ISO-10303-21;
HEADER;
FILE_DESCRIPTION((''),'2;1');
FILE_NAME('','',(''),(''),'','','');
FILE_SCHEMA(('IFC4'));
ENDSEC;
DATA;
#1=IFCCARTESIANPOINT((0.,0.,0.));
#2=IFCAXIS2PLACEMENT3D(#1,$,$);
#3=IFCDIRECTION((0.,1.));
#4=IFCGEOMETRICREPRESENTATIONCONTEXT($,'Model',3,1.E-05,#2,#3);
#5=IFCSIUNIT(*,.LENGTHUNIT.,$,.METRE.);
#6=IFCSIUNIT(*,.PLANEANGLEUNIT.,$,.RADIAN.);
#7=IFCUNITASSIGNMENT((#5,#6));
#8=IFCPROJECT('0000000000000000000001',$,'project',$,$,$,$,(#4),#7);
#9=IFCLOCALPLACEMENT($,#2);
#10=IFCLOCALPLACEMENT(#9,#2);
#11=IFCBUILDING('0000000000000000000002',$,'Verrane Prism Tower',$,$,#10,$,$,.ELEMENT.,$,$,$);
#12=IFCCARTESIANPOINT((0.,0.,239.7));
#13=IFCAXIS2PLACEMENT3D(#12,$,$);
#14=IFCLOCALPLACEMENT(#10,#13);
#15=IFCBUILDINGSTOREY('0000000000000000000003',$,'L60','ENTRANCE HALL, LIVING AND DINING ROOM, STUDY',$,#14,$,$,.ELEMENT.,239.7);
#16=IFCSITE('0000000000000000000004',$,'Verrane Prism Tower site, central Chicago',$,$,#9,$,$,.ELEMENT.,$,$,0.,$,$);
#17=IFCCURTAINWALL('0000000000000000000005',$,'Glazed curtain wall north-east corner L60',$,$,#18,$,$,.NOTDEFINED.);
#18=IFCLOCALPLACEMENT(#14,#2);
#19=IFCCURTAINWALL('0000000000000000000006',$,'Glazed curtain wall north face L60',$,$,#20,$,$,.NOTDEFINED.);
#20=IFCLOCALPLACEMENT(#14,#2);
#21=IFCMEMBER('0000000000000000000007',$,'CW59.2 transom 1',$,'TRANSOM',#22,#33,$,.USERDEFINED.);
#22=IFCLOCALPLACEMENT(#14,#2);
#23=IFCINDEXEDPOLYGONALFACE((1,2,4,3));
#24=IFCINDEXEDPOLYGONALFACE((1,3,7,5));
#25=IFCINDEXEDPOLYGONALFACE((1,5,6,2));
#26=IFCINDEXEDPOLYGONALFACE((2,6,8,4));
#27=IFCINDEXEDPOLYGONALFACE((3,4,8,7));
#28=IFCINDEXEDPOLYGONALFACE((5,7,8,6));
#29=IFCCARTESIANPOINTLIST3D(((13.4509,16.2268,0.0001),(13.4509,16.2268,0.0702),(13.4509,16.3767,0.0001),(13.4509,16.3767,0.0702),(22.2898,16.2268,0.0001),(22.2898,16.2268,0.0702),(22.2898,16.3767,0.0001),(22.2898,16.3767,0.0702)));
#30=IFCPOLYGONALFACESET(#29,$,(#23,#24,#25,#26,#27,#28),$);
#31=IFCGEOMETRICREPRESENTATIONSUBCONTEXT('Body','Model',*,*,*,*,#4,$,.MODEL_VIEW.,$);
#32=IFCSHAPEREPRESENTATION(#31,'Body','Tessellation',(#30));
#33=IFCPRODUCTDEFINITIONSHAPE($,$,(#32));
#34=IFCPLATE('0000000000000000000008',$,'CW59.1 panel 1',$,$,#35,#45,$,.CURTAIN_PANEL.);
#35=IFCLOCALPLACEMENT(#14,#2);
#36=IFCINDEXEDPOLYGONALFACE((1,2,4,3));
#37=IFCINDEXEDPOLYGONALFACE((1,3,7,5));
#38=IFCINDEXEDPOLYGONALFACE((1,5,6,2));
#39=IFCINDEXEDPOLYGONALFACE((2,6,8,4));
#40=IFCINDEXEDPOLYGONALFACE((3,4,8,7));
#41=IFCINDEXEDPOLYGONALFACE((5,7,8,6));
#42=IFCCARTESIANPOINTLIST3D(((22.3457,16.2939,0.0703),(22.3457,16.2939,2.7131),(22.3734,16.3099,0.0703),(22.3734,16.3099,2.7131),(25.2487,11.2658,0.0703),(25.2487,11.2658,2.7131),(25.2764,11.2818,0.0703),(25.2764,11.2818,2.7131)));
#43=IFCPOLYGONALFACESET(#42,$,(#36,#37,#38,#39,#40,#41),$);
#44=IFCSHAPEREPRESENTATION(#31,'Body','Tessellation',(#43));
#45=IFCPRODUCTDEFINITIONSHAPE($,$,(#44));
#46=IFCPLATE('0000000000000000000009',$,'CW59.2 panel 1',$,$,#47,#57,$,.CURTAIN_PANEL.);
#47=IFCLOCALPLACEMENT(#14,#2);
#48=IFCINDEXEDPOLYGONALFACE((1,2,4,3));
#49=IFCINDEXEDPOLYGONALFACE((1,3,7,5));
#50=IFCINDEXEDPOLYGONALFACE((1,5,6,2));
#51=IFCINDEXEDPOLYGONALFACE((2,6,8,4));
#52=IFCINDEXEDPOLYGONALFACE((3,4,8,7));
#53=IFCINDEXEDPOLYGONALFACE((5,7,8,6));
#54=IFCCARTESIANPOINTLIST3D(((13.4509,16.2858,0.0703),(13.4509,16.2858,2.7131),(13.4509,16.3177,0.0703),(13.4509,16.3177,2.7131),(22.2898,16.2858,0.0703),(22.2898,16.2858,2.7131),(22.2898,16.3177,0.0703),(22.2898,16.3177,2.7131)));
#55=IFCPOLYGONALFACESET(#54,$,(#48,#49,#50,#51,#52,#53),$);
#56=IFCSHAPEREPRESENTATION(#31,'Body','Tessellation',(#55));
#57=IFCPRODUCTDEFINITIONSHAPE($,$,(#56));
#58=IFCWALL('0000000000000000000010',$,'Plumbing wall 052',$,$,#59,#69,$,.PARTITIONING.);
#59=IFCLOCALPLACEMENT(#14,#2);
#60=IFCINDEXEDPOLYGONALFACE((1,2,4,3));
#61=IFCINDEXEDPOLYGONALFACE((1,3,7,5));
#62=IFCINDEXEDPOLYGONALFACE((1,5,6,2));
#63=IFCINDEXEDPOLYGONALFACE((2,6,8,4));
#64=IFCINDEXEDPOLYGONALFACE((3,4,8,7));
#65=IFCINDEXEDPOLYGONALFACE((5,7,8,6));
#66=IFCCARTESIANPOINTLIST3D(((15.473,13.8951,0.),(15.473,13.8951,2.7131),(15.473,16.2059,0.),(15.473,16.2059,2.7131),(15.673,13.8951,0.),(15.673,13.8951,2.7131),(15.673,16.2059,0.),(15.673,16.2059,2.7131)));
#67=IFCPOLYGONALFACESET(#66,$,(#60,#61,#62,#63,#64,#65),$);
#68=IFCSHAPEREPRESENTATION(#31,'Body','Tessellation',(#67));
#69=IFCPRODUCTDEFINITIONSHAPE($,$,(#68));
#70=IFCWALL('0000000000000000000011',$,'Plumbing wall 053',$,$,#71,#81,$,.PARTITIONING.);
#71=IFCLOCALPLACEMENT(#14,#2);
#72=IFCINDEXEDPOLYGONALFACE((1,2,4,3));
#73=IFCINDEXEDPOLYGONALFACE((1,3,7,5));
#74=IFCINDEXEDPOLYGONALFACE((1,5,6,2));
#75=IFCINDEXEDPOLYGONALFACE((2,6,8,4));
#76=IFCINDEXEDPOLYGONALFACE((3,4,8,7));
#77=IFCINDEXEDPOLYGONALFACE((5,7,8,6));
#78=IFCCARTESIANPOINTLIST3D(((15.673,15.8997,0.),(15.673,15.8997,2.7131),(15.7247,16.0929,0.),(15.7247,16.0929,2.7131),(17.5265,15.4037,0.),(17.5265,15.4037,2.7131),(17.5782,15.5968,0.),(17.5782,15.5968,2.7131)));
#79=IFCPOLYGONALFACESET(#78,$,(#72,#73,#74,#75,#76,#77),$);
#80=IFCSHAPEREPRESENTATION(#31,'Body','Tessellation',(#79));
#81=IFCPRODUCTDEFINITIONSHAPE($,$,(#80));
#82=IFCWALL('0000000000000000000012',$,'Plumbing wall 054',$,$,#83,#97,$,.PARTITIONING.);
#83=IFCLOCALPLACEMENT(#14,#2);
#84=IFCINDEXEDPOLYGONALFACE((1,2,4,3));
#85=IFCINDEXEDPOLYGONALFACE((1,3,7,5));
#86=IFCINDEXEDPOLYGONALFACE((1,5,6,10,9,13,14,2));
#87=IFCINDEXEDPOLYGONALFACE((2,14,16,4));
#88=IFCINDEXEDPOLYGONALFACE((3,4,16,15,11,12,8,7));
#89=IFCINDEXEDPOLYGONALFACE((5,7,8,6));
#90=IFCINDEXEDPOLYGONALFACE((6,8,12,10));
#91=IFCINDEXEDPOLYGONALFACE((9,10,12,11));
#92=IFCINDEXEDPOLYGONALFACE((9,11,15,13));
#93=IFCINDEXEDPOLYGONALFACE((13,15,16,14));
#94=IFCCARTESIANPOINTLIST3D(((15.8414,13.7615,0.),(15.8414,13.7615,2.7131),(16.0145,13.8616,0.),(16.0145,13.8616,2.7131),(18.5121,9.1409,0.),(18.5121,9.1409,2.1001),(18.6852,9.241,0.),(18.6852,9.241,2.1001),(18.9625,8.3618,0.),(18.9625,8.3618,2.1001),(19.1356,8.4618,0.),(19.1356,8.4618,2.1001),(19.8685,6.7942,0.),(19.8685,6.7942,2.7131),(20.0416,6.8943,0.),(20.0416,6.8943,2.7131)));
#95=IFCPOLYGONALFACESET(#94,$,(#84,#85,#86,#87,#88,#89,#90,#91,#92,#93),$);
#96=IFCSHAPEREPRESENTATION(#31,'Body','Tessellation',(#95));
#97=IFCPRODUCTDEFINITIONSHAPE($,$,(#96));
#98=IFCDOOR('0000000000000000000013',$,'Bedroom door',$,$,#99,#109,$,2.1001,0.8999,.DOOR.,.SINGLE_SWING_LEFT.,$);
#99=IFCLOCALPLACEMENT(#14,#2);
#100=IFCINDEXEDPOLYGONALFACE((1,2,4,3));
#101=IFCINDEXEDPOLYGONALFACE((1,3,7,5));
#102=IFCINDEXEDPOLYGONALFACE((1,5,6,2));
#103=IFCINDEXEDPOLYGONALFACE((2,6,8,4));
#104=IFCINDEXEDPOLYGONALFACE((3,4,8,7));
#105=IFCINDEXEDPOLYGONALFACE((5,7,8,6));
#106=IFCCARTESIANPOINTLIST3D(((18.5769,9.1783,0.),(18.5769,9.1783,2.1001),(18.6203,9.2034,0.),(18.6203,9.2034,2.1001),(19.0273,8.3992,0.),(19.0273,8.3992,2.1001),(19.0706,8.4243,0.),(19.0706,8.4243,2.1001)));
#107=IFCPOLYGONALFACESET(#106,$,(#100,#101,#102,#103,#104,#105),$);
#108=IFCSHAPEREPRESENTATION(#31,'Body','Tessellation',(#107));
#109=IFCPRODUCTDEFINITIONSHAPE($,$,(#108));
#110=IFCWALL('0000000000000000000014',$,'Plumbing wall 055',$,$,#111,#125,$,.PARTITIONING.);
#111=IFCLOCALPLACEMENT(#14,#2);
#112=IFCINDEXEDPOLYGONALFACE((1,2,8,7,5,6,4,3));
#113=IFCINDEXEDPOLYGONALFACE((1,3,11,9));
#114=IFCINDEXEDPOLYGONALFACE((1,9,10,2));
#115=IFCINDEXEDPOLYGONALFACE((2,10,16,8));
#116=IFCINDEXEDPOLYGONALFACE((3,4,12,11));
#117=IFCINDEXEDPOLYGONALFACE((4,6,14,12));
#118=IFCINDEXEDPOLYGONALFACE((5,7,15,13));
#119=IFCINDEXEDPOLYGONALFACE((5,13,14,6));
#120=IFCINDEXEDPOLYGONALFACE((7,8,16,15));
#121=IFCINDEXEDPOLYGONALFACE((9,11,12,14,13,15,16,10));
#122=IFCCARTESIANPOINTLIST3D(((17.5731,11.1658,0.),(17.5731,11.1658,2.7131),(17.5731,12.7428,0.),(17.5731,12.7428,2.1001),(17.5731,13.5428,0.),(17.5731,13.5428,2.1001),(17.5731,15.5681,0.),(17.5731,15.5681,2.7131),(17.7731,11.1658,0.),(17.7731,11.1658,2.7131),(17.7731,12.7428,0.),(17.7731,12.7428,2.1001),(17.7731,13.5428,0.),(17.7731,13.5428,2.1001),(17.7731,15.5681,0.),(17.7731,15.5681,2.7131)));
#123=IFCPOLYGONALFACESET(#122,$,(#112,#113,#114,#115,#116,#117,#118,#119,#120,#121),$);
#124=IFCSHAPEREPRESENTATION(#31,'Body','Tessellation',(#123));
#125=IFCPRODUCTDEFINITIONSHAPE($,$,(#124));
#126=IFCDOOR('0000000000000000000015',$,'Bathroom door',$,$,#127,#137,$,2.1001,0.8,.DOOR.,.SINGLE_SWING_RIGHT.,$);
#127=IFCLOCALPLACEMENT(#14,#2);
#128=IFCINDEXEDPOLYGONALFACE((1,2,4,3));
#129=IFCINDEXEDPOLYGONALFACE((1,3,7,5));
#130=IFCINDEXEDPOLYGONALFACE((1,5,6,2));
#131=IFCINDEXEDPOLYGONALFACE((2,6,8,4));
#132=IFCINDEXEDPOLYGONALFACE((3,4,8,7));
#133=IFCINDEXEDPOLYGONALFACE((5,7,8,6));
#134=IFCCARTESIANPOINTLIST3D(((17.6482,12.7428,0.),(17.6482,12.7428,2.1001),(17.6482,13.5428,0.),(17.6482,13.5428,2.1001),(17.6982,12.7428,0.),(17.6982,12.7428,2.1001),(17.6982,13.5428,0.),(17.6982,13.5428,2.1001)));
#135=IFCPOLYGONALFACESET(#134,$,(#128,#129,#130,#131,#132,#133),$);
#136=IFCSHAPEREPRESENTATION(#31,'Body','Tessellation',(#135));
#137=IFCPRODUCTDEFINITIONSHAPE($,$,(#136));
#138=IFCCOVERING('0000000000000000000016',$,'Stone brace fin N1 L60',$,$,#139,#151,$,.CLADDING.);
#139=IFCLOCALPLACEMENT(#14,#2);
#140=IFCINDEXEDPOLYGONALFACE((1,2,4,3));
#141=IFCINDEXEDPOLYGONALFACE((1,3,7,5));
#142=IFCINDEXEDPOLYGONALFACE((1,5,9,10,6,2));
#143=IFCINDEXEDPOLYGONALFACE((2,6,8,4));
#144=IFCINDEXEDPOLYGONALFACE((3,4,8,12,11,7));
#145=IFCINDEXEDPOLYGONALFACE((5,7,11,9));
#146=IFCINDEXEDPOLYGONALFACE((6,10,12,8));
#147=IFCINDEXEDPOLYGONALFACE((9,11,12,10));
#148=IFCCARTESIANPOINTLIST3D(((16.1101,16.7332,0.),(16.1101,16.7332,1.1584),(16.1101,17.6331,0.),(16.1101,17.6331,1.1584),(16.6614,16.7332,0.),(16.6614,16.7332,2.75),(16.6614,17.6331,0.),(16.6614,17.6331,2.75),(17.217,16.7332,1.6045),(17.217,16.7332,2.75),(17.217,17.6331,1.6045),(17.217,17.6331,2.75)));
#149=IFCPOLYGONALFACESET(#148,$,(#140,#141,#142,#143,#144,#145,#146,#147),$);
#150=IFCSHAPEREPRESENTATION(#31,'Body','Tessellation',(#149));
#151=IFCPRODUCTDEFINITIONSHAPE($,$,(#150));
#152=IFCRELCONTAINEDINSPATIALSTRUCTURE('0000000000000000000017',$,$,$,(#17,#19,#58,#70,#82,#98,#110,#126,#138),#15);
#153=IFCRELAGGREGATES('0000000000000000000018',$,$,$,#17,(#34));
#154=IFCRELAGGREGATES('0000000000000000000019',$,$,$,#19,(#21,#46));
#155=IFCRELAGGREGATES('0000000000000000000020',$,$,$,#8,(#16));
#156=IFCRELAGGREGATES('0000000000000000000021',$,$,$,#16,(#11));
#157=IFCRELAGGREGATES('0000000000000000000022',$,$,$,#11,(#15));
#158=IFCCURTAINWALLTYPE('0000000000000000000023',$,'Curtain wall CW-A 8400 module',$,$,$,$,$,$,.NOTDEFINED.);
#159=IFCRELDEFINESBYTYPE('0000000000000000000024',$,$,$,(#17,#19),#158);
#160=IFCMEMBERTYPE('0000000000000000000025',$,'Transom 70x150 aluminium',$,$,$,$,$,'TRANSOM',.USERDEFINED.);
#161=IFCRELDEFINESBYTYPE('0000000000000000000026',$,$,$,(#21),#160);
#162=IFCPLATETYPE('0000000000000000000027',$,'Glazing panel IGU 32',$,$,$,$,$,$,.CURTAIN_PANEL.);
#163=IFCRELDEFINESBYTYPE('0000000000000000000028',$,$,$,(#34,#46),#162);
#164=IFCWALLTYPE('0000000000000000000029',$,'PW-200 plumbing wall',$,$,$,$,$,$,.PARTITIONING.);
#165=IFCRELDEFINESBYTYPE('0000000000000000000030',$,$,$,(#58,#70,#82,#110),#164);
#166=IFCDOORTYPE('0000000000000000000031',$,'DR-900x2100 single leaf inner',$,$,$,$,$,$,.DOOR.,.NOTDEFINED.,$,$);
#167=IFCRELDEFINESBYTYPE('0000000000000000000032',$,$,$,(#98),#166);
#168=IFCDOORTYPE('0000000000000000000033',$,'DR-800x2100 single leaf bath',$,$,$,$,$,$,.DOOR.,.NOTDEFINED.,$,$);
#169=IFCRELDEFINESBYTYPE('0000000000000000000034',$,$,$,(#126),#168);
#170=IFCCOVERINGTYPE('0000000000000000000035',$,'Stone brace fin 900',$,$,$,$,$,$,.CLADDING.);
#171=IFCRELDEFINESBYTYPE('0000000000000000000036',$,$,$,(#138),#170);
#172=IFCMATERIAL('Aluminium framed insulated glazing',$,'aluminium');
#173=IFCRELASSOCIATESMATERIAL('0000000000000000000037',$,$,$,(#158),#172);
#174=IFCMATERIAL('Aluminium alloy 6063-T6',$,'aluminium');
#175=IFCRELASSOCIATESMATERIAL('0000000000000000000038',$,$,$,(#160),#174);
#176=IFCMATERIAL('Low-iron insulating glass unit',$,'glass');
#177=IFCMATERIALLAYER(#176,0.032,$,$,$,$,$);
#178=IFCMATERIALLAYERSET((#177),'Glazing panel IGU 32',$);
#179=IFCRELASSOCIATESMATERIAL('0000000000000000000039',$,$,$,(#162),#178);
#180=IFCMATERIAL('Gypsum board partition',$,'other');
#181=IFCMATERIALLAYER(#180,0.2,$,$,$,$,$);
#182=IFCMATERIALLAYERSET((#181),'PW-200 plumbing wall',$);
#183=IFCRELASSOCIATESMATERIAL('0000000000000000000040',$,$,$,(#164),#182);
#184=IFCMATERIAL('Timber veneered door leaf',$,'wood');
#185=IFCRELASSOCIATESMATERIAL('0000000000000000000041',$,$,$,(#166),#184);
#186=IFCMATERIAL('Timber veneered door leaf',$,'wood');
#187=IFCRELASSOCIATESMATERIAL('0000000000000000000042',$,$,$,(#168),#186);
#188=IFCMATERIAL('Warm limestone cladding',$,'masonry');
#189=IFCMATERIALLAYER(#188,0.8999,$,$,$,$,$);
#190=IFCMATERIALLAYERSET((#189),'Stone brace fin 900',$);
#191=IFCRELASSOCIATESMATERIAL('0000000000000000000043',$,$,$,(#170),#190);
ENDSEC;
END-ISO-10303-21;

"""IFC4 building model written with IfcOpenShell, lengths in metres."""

from ifc_helpers import new_model, si_unit, direction, frame, frame_2d, origin, origin_2d, place, context, subcontext, project, spatial, polyline, rectangle, outline, extrude, material, layer, layer_set, material_profile, profile_set, type_object, element, fill, aggregate, save


model = new_model("IFC4")

# Units and contexts
model_context = context("Model", 3, precision=1e-05, world=origin(), true_north=direction((0.0, 1.0)))
body_context = subcontext(model_context, "Body", "Model", "MODEL_VIEW")
ifc_project = project(units=[si_unit("LENGTHUNIT", "METRE"), si_unit("PLANEANGLEUNIT", "RADIAN")], contexts=[model_context])

# Site, building, storey
site_placement = place(None, origin())
site = spatial("IfcSite", under=ifc_project, at=site_placement, Name="Verrane Prism Tower site, central Chicago", CompositionType="ELEMENT", RefElevation=0.0)
building_placement = place(site_placement, origin())
building = spatial("IfcBuilding", under=site, at=building_placement, Name="Verrane Prism Tower", CompositionType="ELEMENT")
storey_placement = place(building_placement, frame((0.0, 0.0, 239.7)))
storey = spatial("IfcBuildingStorey", under=building, at=storey_placement, Name="L60", Description="ENTRANCE HALL, LIVING AND DINING ROOM, STUDY", CompositionType="ELEMENT", Elevation=239.7)

# Curtain walls
ifc_material_1 = material(Name="Aluminium framed insulated glazing", Category="aluminium")
curtain_wall_type = type_object("IfcCurtainWallType", Name="Curtain wall CW-A 8400 module", PredefinedType="NOTDEFINED", material=ifc_material_1)
curtain_wall_1_placement = place(storey_placement, origin())
curtain_wall_1 = element("IfcCurtainWall", 1, at=curtain_wall_1_placement, inside=storey, type_object=curtain_wall_type, Name="Glazed curtain wall north-east corner L60", PredefinedType="NOTDEFINED")
curtain_wall_2_placement = place(storey_placement, origin())
curtain_wall_2 = element("IfcCurtainWall", 2, at=curtain_wall_2_placement, inside=storey, type_object=curtain_wall_type, Name="Glazed curtain wall north face L60", PredefinedType="NOTDEFINED")

# Member
ifc_material_2 = material(Name="Aluminium alloy 6063-T6", Category="aluminium")
ifc_material_profile_1 = material_profile(ifc_material_2, rectangle(XDim=0.1499, YDim=0.0701, at=origin_2d()), Name="Transom 70x150 aluminium")
ifc_profile_set_1 = profile_set([ifc_material_profile_1], Name="Aluminium alloy 6063-T6")
member_type_1 = type_object("IfcMemberType", Name="Transom 70x150 aluminium", ElementType="TRANSOM", PredefinedType="USERDEFINED", material=ifc_profile_set_1)
member_1_placement = place(storey_placement, frame((22.2898, 16.3018, 0.0352), z_axis=(-1.0, 0.0, 0.0), x_axis=(0.0, -1.0, 0.0)))
member_1 = element("IfcMember", 3, at=member_1_placement, type_object=member_type_1, Name="CW59.2 transom 1", ObjectType="TRANSOM", PredefinedType="USERDEFINED", context=body_context, shape_type="SweptSolid", body=[
    extrude(rectangle(XDim=0.1499, YDim=0.0701, at=origin_2d()), origin(), (0.0, 0.0, 1.0), 8.8389),
])

# Plates
ifc_material_3 = material(Name="Low-iron insulating glass unit", Category="glass")
ifc_layer_1 = layer(ifc_material_3, 0.032)
ifc_layer_set_1 = layer_set([ifc_layer_1], Name="Glazing panel IGU 32")
plate_type = type_object("IfcPlateType", Name="Glazing panel IGU 32", PredefinedType="CURTAIN_PANEL", material=ifc_layer_set_1)
plate_1_placement = place(storey_placement, frame((23.811, 13.7878, 0.0703), z_axis=(0.0, 0.0, 1.0), x_axis=(-0.499999, 0.866026, 0.0)))
plate_1 = element("IfcPlate", 4, at=plate_1_placement, type_object=plate_type, Name="CW59.1 panel 1", PredefinedType="CURTAIN_PANEL", context=body_context, shape_type="SweptSolid", body=[
    extrude(rectangle(XDim=5.8059, YDim=0.032, at=origin_2d()), origin(), (0.0, 0.0, 1.0), 2.6428),
])
aggregate(curtain_wall_1, [plate_1])
plate_2_placement = place(storey_placement, frame((17.8704, 16.3018, 0.0703), z_axis=(0.0, 0.0, 1.0), x_axis=(-1.0, 0.0, 0.0)))
plate_2 = element("IfcPlate", 5, at=plate_2_placement, type_object=plate_type, Name="CW59.2 panel 1", PredefinedType="CURTAIN_PANEL", context=body_context, shape_type="SweptSolid", body=[
    extrude(rectangle(XDim=8.8389, YDim=0.032, at=origin_2d()), origin(), (0.0, 0.0, 1.0), 2.6428),
])
aggregate(curtain_wall_2, [member_1, plate_2])

# Walls
ifc_material_4 = material(Name="Gypsum board partition", Category="other")
ifc_layer_2 = layer(ifc_material_4, 0.2)
ifc_layer_set_2 = layer_set([ifc_layer_2], Name="PW-200 plumbing wall")
wall_type = type_object("IfcWallType", Name="PW-200 plumbing wall", PredefinedType="PARTITIONING", material=ifc_layer_set_2)
wall_1_placement = place(storey_placement, frame((15.573, 13.8953, 0.0), z_axis=(0.0, 0.0, 1.0), x_axis=(0.0, 1.0, 0.0)))
element("IfcWall", 6, at=wall_1_placement, inside=storey, type_object=wall_type, Name="Plumbing wall 052", PredefinedType="PARTITIONING", context=body_context, shape_type="SweptSolid", body=[
    extrude(rectangle(XDim=2.3108, YDim=0.2, at=frame_2d((1.1553, 0.0))), origin(), (0.0, 0.0, 1.0), 2.7131),
])
wall_2_placement = place(storey_placement, frame((15.6987, 15.9963, 0.0), z_axis=(0.0, 0.0, 1.0), x_axis=(0.965998, -0.25855, 0.0)))
element("IfcWall", 7, at=wall_2_placement, inside=storey, type_object=wall_type, Name="Plumbing wall 053", PredefinedType="PARTITIONING", context=body_context, shape_type="SweptSolid", body=[
    extrude(rectangle(XDim=1.9187, YDim=0.2, at=frame_2d((0.9595, 0.0))), origin(), (0.0, 0.0, 1.0), 2.7131),
])

# Walls, openings, doors
wall_3_placement = place(storey_placement, frame((15.928, 13.8115, 0.0), z_axis=(0.0, 0.0, 1.0), x_axis=(0.500423, -0.865781, 0.0)))
wall_3 = element("IfcWall", 8, at=wall_3_placement, inside=storey, type_object=wall_type, Name="Plumbing wall 054", PredefinedType="PARTITIONING", context=body_context, shape_type="SweptSolid", body=[
    extrude(rectangle(XDim=8.0474, YDim=0.2, at=frame_2d((4.0237, 0.0))), origin(), (0.0, 0.0, 1.0), 2.7131),
])
opening_1_placement = place(wall_3_placement, frame((5.3369, 0.0, 0.0)))
opening_1 = element("IfcOpeningElement", 9, at=opening_1_placement, cuts=wall_3, PredefinedType="OPENING", context=body_context, shape_type="SweptSolid", body=[
    extrude(rectangle(XDim=0.8999, YDim=2.1001, at=frame_2d((0.45, 1.05))), frame((0.0, 0.1099, 0.0), z_axis=(0.0, -1.0, 0.0), x_axis=(1.0, 0.0, 0.0)), (0.0, 0.0, 1.0), 0.22),
])
ifc_material_5 = material(Name="Timber veneered door leaf", Category="wood")
door_type_1 = type_object("IfcDoorType", Name="DR-900x2100 single leaf inner", OperationType="NOTDEFINED", PredefinedType="DOOR", material=ifc_material_5)
door_1_placement = place(opening_1_placement, origin())
door_1 = element("IfcDoor", 10, at=door_1_placement, inside=storey, type_object=door_type_1, Name="Bedroom door", OperationType="SINGLE_SWING_LEFT", OverallHeight=2.1001, OverallWidth=0.8999, PredefinedType="DOOR", context=body_context, shape_type="SweptSolid", body=[
    extrude(rectangle(XDim=0.8999, YDim=2.1001, at=frame_2d((0.45, 1.05))), frame((0.0, 0.0249, 0.0), z_axis=(0.0, -1.0, 0.0), x_axis=(1.0, 0.0, 0.0)), (0.0, 0.0, 1.0), 0.05),
])
fill(opening_1, door_1)
wall_4_placement = place(storey_placement, frame((17.6731, 11.1658, 0.0), z_axis=(0.0, 0.0, 1.0), x_axis=(0.0, 1.0, 0.0)))
wall_4 = element("IfcWall", 11, at=wall_4_placement, inside=storey, type_object=wall_type, Name="Plumbing wall 055", PredefinedType="PARTITIONING", context=body_context, shape_type="SweptSolid", body=[
    extrude(rectangle(XDim=4.4023, YDim=0.2, at=frame_2d((2.2012, 0.0))), origin(), (0.0, 0.0, 1.0), 2.7131),
])
opening_2_placement = place(wall_4_placement, frame((1.5771, 0.0, 0.0)))
opening_2 = element("IfcOpeningElement", 12, at=opening_2_placement, cuts=wall_4, PredefinedType="OPENING", context=body_context, shape_type="SweptSolid", body=[
    extrude(rectangle(XDim=0.8, YDim=2.1001, at=frame_2d((0.3999, 1.05))), frame((0.0, 0.1099, 0.0), z_axis=(0.0, -1.0, 0.0), x_axis=(1.0, 0.0, 0.0)), (0.0, 0.0, 1.0), 0.22),
])
ifc_material_6 = material(Name="Timber veneered door leaf", Category="wood")
door_type_2 = type_object("IfcDoorType", Name="DR-800x2100 single leaf bath", OperationType="NOTDEFINED", PredefinedType="DOOR", material=ifc_material_6)
door_2_placement = place(opening_2_placement, origin())
door_2 = element("IfcDoor", 13, at=door_2_placement, inside=storey, type_object=door_type_2, Name="Bathroom door", OperationType="SINGLE_SWING_RIGHT", OverallHeight=2.1001, OverallWidth=0.8, PredefinedType="DOOR", context=body_context, shape_type="SweptSolid", body=[
    extrude(rectangle(XDim=0.8, YDim=2.1001, at=frame_2d((0.3999, 1.05))), frame((0.0, 0.0249, 0.0), z_axis=(0.0, -1.0, 0.0), x_axis=(1.0, 0.0, 0.0)), (0.0, 0.0, 1.0), 0.05),
])
fill(opening_2, door_2)

# Covering
ifc_material_7 = material(Name="Warm limestone cladding", Category="masonry")
ifc_layer_3 = layer(ifc_material_7, 0.8999)
ifc_layer_set_3 = layer_set([ifc_layer_3], Name="Stone brace fin 900")
covering_type = type_object("IfcCoveringType", Name="Stone brace fin 900", PredefinedType="CLADDING", material=ifc_layer_set_3)
covering_placement = place(storey_placement, frame((16.1101, 17.1831, 0.0), z_axis=(0.0, 0.0, 1.0), x_axis=(1.0, 0.0, 0.0)))
element("IfcCovering", 14, at=covering_placement, inside=storey, type_object=covering_type, Name="Stone brace fin N1 L60", PredefinedType="CLADDING", context=body_context, shape_type="SweptSolid", body=[
    extrude(outline(polyline([(1.1069, 2.75), (0.5513, 2.75), (0.0, 1.1584), (0.0, 0.0), (0.5513, 0.0), (1.1069, 1.6045), (1.1069, 2.75)])), frame((0.0, 0.45, 0.0), z_axis=(0.0, -1.0, 0.0), x_axis=(1.0, 0.0, 0.0)), (0.0, 0.0, 1.0), 0.8999),
])

save(model, "model.ifc")
